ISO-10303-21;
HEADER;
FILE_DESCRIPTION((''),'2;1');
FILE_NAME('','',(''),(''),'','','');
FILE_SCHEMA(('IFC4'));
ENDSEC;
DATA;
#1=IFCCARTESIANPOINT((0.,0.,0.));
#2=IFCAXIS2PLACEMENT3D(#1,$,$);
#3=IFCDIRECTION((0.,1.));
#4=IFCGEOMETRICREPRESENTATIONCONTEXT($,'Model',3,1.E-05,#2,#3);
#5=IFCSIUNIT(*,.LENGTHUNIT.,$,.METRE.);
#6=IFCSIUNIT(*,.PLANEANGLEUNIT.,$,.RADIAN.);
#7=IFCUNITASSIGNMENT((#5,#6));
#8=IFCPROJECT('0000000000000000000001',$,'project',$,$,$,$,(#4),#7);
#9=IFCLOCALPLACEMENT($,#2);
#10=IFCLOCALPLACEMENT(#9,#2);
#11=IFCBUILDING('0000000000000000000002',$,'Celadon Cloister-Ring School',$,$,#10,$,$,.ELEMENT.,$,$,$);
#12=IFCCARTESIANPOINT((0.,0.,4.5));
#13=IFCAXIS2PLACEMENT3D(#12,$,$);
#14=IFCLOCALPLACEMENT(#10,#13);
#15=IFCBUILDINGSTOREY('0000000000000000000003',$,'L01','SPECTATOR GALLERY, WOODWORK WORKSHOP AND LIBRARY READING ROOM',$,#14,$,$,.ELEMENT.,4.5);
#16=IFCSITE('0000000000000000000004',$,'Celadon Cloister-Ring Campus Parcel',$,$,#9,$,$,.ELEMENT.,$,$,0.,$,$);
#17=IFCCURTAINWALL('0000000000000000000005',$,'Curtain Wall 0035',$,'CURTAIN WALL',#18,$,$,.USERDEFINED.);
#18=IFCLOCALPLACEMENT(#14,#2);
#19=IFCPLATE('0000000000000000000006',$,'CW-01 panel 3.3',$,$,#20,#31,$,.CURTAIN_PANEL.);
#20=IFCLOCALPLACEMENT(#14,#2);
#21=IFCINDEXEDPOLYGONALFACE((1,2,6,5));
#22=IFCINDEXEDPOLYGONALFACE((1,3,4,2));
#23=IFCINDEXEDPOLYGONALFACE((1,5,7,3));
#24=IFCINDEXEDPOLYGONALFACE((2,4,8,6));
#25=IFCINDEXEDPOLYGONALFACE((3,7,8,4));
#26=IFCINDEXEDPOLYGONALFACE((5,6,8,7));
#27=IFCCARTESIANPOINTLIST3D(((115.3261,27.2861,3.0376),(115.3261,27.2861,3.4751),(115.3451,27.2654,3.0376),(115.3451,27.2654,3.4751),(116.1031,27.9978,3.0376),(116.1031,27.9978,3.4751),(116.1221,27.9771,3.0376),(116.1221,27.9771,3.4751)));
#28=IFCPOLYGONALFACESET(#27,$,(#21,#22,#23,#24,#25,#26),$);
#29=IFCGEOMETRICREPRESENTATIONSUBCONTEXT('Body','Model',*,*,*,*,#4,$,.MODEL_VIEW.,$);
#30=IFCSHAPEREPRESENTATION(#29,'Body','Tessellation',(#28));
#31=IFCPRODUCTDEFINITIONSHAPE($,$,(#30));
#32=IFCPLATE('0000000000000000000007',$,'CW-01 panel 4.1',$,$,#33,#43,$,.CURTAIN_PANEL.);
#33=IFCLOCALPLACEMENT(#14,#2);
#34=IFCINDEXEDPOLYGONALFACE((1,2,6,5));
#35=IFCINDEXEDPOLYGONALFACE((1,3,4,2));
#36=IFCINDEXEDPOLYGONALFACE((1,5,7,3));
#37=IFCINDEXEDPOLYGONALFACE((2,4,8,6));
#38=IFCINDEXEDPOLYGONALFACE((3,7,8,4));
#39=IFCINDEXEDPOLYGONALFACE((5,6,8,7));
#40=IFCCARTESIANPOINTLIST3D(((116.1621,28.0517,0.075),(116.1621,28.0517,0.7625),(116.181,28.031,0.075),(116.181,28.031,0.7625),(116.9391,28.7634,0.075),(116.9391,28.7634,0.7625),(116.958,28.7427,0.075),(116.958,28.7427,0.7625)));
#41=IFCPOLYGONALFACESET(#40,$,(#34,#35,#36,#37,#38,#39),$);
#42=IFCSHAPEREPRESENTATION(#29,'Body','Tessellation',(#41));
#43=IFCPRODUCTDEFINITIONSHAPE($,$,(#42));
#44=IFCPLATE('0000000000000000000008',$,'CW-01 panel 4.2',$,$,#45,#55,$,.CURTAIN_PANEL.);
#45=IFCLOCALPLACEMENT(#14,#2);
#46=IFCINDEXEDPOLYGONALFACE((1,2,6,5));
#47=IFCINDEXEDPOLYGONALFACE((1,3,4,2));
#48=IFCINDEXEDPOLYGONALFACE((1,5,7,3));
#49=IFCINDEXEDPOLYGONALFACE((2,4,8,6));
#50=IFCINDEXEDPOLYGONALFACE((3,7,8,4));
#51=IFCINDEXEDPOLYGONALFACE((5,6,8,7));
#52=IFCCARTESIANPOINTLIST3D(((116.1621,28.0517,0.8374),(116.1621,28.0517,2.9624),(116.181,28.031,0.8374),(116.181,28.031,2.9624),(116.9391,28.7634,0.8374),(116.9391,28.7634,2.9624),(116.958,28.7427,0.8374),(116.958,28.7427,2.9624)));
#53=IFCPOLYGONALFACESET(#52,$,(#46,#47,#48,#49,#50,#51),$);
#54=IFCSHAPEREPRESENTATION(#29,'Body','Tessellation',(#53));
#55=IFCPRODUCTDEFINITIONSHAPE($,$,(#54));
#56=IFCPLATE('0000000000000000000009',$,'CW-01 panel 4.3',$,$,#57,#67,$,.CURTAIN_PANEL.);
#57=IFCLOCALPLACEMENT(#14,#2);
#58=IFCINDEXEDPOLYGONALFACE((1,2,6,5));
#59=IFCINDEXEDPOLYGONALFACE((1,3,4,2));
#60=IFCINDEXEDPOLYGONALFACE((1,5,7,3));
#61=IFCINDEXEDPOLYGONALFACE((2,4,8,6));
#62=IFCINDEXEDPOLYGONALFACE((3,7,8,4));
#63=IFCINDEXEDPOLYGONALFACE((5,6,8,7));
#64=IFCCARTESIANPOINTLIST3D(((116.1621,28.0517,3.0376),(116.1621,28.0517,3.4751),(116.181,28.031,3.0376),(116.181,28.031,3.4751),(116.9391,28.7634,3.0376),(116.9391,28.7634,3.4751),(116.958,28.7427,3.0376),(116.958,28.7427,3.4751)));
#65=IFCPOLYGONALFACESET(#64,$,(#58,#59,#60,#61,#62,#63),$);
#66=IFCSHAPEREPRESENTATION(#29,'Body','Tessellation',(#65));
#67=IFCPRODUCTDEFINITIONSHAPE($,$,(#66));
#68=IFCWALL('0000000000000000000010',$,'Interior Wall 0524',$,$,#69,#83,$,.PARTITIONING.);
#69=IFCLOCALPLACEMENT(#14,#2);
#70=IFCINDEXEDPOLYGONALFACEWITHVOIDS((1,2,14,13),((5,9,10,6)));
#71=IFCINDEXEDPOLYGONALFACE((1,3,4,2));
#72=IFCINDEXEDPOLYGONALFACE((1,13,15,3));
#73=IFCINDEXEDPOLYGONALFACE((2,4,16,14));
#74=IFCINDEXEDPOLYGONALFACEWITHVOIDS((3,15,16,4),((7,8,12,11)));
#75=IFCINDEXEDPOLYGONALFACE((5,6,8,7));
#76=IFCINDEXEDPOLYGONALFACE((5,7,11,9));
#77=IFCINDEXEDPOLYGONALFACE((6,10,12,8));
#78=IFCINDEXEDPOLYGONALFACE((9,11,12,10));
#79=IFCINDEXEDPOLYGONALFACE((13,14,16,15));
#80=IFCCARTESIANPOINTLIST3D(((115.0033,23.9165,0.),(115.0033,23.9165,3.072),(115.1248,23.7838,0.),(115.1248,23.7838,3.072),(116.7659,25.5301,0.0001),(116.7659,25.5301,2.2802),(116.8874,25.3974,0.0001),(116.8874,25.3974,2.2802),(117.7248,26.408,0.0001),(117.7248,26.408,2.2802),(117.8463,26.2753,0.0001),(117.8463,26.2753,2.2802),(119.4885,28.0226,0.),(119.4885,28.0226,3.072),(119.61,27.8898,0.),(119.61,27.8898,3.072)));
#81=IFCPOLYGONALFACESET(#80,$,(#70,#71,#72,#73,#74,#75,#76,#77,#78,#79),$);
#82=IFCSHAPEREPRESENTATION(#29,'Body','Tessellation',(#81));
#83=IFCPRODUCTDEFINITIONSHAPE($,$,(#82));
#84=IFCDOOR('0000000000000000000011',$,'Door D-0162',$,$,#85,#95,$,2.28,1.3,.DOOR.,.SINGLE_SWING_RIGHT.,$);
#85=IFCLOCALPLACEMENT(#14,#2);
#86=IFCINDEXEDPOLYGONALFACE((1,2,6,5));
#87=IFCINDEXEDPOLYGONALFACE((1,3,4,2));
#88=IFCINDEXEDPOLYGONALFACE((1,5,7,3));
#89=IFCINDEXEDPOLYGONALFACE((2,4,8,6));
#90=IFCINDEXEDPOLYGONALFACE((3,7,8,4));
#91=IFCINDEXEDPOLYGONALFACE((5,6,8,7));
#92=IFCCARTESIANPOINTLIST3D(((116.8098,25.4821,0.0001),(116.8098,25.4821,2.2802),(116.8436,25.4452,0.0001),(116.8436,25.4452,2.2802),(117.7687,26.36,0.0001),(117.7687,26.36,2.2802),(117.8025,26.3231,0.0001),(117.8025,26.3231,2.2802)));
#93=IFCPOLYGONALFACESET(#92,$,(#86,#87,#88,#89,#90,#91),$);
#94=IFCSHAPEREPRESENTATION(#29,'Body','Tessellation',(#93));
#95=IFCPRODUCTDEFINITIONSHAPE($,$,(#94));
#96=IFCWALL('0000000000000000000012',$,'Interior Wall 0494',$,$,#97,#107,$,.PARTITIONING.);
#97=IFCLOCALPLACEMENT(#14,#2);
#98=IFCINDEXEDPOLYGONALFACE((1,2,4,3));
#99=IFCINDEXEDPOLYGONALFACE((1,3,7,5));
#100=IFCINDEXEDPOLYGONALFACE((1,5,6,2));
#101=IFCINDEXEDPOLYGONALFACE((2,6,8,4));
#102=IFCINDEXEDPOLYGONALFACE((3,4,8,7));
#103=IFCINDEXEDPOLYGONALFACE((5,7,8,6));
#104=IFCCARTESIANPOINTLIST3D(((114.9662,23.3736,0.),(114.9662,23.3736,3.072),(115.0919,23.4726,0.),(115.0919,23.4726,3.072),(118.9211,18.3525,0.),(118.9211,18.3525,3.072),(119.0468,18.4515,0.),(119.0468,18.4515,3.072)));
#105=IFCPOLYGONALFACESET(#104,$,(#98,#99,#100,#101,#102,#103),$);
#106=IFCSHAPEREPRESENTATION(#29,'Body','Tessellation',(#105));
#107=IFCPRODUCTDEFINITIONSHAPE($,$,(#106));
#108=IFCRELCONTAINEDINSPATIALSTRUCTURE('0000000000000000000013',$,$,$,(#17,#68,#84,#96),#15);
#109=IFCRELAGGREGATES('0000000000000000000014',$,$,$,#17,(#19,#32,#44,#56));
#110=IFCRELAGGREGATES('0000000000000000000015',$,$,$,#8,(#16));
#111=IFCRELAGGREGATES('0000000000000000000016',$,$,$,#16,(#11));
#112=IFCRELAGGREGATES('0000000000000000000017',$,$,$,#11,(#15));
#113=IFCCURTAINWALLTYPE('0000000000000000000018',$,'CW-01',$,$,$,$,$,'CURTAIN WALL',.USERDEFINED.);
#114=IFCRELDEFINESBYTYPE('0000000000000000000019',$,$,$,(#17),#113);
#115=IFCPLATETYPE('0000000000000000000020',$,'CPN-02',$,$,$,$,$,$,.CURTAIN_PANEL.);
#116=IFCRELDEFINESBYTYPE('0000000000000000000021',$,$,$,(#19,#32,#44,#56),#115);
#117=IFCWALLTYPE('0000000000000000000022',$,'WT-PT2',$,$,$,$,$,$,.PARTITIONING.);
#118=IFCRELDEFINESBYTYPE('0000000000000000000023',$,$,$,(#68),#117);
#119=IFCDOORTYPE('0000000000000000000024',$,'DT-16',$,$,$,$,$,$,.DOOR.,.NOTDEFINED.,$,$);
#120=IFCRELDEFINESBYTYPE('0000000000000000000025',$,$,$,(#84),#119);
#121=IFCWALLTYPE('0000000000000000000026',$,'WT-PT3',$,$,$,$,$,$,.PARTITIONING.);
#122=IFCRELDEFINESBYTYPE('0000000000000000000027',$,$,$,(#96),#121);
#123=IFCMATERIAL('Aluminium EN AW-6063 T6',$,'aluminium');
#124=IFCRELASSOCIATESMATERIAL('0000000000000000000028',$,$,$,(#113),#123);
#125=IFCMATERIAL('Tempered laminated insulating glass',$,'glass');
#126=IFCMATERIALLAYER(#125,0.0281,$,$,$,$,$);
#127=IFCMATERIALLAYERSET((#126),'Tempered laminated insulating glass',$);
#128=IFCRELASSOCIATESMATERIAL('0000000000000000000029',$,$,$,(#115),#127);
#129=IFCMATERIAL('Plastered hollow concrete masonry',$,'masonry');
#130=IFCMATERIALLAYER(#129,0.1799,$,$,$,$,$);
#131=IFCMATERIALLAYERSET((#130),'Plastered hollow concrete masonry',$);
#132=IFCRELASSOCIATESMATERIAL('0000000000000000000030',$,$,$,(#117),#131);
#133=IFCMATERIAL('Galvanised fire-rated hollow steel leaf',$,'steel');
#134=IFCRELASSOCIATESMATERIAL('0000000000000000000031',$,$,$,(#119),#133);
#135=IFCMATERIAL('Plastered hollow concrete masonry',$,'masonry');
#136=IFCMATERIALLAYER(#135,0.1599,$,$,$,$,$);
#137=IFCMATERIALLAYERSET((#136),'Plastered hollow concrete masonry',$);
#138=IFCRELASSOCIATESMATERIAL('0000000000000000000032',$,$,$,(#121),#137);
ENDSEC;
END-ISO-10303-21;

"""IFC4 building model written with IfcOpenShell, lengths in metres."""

from ifc_helpers import new_model, si_unit, direction, frame, frame_2d, origin, origin_2d, place, context, subcontext, project, spatial, rectangle, extrude, material, layer, layer_set, type_object, element, fill, aggregate, save


model = new_model("IFC4")

# Units and contexts
model_context = context("Model", 3, precision=1e-05, world=origin(), true_north=direction((0.0, 1.0)))
body_context = subcontext(model_context, "Body", "Model", "MODEL_VIEW")
ifc_project = project(units=[si_unit("LENGTHUNIT", "METRE"), si_unit("PLANEANGLEUNIT", "RADIAN")], contexts=[model_context])

# Site, building, storey
site_placement = place(None, origin())
site = spatial("IfcSite", under=ifc_project, at=site_placement, Name="Celadon Cloister-Ring Campus Parcel", CompositionType="ELEMENT", RefElevation=0.0)
building_placement = place(site_placement, origin())
building = spatial("IfcBuilding", under=site, at=building_placement, Name="Celadon Cloister-Ring School", CompositionType="ELEMENT")
storey_placement = place(building_placement, frame((0.0, 0.0, 4.5)))
storey = spatial("IfcBuildingStorey", under=building, at=storey_placement, Name="L01", Description="SPECTATOR GALLERY, WOODWORK WORKSHOP AND LIBRARY READING ROOM", CompositionType="ELEMENT", Elevation=4.5)

# Curtain wall
ifc_material_1 = material(Name="Aluminium EN AW-6063 T6", Category="aluminium")
curtain_wall_type = type_object("IfcCurtainWallType", Name="CW-01", ElementType="CURTAIN WALL", PredefinedType="USERDEFINED", material=ifc_material_1)
curtain_wall_placement = place(storey_placement, origin())
curtain_wall = element("IfcCurtainWall", 1, at=curtain_wall_placement, inside=storey, type_object=curtain_wall_type, Name="Curtain Wall 0035", ObjectType="CURTAIN WALL", PredefinedType="USERDEFINED")

# Plates
ifc_material_2 = material(Name="Tempered laminated insulating glass", Category="glass")
ifc_layer_1 = layer(ifc_material_2, 0.0281)
ifc_layer_set_1 = layer_set([ifc_layer_1], Name="Tempered laminated insulating glass")
plate_type = type_object("IfcPlateType", Name="CPN-02", PredefinedType="CURTAIN_PANEL", material=ifc_layer_set_1)
plate_1_placement = place(storey_placement, frame((115.7241, 27.6316, 3.0376), z_axis=(0.0, 0.0, 1.0), x_axis=(0.737388, 0.675469, 0.0)))
plate_1 = element("IfcPlate", 2, at=plate_1_placement, type_object=plate_type, Name="CW-01 panel 3.3", PredefinedType="CURTAIN_PANEL", context=body_context, shape_type="SweptSolid", body=[
    extrude(rectangle(XDim=1.0537, YDim=0.0281, at=origin_2d()), origin(), (0.0, 0.0, 1.0), 0.4375),
])
plate_2_placement = place(storey_placement, frame((116.5601, 28.3972, 0.075), z_axis=(0.0, 0.0, 1.0), x_axis=(0.737388, 0.675469, 0.0)))
plate_2 = element("IfcPlate", 3, at=plate_2_placement, type_object=plate_type, Name="CW-01 panel 4.1", PredefinedType="CURTAIN_PANEL", context=body_context, shape_type="SweptSolid", body=[
    extrude(rectangle(XDim=1.0537, YDim=0.0281, at=origin_2d()), origin(), (0.0, 0.0, 1.0), 0.6875),
])
plate_3_placement = place(storey_placement, frame((116.5601, 28.3972, 0.8374), z_axis=(0.0, 0.0, 1.0), x_axis=(0.737388, 0.675469, 0.0)))
plate_3 = element("IfcPlate", 4, at=plate_3_placement, type_object=plate_type, Name="CW-01 panel 4.2", PredefinedType="CURTAIN_PANEL", context=body_context, shape_type="SweptSolid", body=[
    extrude(rectangle(XDim=1.0537, YDim=0.0281, at=origin_2d()), origin(), (0.0, 0.0, 1.0), 2.125),
])
plate_4_placement = place(storey_placement, frame((116.5601, 28.3972, 3.0376), z_axis=(0.0, 0.0, 1.0), x_axis=(0.737388, 0.675469, 0.0)))
plate_4 = element("IfcPlate", 5, at=plate_4_placement, type_object=plate_type, Name="CW-01 panel 4.3", PredefinedType="CURTAIN_PANEL", context=body_context, shape_type="SweptSolid", body=[
    extrude(rectangle(XDim=1.0537, YDim=0.0281, at=origin_2d()), origin(), (0.0, 0.0, 1.0), 0.4375),
])
aggregate(curtain_wall, [plate_1, plate_2, plate_3, plate_4])

# Wall, opening, door
ifc_material_3 = material(Name="Plastered hollow concrete masonry", Category="masonry")
ifc_layer_2 = layer(ifc_material_3, 0.1799)
ifc_layer_set_2 = layer_set([ifc_layer_2], Name="Plastered hollow concrete masonry")
wall_type_1 = type_object("IfcWallType", Name="WT-PT2", PredefinedType="PARTITIONING", material=ifc_layer_set_2)
wall_1_placement = place(storey_placement, frame((115.064, 23.8501, 0.0), z_axis=(0.0, 0.0, 1.0), x_axis=(0.737596, 0.675243, 0.0)))
wall_1 = element("IfcWall", 6, at=wall_1_placement, inside=storey, type_object=wall_type_1, Name="Interior Wall 0524", PredefinedType="PARTITIONING", context=body_context, shape_type="SweptSolid", body=[
    extrude(rectangle(XDim=6.0808, YDim=0.1799, at=frame_2d((3.0405, 0.0))), origin(), (0.0, 0.0, 1.0), 3.072),
])
opening_placement = place(wall_1_placement, frame((2.3899, 0.0, 0.0)))
opening = element("IfcOpeningElement", 7, at=opening_placement, cuts=wall_1, PredefinedType="OPENING", context=body_context, shape_type="SweptSolid", body=[
    extrude(rectangle(XDim=1.3, YDim=2.28, at=frame_2d((0.6499, 1.1401))), frame((0.0, 0.1001, 0.0), z_axis=(0.0, -1.0, 0.0), x_axis=(1.0, 0.0, 0.0)), (0.0, 0.0, 1.0), 0.2),
])
ifc_material_4 = material(Name="Galvanised fire-rated hollow steel leaf", Category="steel")
door_type = type_object("IfcDoorType", Name="DT-16", OperationType="NOTDEFINED", PredefinedType="DOOR", material=ifc_material_4)
door_placement = place(opening_placement, origin())
door = element("IfcDoor", 8, at=door_placement, inside=storey, type_object=door_type, Name="Door D-0162", OperationType="SINGLE_SWING_RIGHT", OverallHeight=2.28, OverallWidth=1.3, PredefinedType="DOOR", context=body_context, shape_type="SweptSolid", body=[
    extrude(rectangle(XDim=1.3, YDim=2.28, at=frame_2d((0.6499, 1.1401))), frame((0.0, 0.0249, 0.0), z_axis=(0.0, -1.0, 0.0), x_axis=(1.0, 0.0, 0.0)), (0.0, 0.0, 1.0), 0.05),
])
fill(opening, door)

# Wall
ifc_material_5 = material(Name="Plastered hollow concrete masonry", Category="masonry")
ifc_layer_3 = layer(ifc_material_5, 0.1599)
ifc_layer_set_3 = layer_set([ifc_layer_3], Name="Plastered hollow concrete masonry")
wall_type_2 = type_object("IfcWallType", Name="WT-PT3", PredefinedType="PARTITIONING", material=ifc_layer_set_3)
wall_2_placement = place(storey_placement, frame((115.0291, 23.4231, 0.0), z_axis=(0.0, 0.0, 1.0), x_axis=(0.618766, -0.785576, 0.0)))
element("IfcWall", 9, at=wall_2_placement, inside=storey, type_object=wall_type_2, Name="Interior Wall 0494", PredefinedType="PARTITIONING", context=body_context, shape_type="SweptSolid", body=[
    extrude(rectangle(XDim=6.3916, YDim=0.1599, at=frame_2d((3.1958, 0.0))), origin(), (0.0, 0.0, 1.0), 3.072),
])

save(model, "model.ifc")
